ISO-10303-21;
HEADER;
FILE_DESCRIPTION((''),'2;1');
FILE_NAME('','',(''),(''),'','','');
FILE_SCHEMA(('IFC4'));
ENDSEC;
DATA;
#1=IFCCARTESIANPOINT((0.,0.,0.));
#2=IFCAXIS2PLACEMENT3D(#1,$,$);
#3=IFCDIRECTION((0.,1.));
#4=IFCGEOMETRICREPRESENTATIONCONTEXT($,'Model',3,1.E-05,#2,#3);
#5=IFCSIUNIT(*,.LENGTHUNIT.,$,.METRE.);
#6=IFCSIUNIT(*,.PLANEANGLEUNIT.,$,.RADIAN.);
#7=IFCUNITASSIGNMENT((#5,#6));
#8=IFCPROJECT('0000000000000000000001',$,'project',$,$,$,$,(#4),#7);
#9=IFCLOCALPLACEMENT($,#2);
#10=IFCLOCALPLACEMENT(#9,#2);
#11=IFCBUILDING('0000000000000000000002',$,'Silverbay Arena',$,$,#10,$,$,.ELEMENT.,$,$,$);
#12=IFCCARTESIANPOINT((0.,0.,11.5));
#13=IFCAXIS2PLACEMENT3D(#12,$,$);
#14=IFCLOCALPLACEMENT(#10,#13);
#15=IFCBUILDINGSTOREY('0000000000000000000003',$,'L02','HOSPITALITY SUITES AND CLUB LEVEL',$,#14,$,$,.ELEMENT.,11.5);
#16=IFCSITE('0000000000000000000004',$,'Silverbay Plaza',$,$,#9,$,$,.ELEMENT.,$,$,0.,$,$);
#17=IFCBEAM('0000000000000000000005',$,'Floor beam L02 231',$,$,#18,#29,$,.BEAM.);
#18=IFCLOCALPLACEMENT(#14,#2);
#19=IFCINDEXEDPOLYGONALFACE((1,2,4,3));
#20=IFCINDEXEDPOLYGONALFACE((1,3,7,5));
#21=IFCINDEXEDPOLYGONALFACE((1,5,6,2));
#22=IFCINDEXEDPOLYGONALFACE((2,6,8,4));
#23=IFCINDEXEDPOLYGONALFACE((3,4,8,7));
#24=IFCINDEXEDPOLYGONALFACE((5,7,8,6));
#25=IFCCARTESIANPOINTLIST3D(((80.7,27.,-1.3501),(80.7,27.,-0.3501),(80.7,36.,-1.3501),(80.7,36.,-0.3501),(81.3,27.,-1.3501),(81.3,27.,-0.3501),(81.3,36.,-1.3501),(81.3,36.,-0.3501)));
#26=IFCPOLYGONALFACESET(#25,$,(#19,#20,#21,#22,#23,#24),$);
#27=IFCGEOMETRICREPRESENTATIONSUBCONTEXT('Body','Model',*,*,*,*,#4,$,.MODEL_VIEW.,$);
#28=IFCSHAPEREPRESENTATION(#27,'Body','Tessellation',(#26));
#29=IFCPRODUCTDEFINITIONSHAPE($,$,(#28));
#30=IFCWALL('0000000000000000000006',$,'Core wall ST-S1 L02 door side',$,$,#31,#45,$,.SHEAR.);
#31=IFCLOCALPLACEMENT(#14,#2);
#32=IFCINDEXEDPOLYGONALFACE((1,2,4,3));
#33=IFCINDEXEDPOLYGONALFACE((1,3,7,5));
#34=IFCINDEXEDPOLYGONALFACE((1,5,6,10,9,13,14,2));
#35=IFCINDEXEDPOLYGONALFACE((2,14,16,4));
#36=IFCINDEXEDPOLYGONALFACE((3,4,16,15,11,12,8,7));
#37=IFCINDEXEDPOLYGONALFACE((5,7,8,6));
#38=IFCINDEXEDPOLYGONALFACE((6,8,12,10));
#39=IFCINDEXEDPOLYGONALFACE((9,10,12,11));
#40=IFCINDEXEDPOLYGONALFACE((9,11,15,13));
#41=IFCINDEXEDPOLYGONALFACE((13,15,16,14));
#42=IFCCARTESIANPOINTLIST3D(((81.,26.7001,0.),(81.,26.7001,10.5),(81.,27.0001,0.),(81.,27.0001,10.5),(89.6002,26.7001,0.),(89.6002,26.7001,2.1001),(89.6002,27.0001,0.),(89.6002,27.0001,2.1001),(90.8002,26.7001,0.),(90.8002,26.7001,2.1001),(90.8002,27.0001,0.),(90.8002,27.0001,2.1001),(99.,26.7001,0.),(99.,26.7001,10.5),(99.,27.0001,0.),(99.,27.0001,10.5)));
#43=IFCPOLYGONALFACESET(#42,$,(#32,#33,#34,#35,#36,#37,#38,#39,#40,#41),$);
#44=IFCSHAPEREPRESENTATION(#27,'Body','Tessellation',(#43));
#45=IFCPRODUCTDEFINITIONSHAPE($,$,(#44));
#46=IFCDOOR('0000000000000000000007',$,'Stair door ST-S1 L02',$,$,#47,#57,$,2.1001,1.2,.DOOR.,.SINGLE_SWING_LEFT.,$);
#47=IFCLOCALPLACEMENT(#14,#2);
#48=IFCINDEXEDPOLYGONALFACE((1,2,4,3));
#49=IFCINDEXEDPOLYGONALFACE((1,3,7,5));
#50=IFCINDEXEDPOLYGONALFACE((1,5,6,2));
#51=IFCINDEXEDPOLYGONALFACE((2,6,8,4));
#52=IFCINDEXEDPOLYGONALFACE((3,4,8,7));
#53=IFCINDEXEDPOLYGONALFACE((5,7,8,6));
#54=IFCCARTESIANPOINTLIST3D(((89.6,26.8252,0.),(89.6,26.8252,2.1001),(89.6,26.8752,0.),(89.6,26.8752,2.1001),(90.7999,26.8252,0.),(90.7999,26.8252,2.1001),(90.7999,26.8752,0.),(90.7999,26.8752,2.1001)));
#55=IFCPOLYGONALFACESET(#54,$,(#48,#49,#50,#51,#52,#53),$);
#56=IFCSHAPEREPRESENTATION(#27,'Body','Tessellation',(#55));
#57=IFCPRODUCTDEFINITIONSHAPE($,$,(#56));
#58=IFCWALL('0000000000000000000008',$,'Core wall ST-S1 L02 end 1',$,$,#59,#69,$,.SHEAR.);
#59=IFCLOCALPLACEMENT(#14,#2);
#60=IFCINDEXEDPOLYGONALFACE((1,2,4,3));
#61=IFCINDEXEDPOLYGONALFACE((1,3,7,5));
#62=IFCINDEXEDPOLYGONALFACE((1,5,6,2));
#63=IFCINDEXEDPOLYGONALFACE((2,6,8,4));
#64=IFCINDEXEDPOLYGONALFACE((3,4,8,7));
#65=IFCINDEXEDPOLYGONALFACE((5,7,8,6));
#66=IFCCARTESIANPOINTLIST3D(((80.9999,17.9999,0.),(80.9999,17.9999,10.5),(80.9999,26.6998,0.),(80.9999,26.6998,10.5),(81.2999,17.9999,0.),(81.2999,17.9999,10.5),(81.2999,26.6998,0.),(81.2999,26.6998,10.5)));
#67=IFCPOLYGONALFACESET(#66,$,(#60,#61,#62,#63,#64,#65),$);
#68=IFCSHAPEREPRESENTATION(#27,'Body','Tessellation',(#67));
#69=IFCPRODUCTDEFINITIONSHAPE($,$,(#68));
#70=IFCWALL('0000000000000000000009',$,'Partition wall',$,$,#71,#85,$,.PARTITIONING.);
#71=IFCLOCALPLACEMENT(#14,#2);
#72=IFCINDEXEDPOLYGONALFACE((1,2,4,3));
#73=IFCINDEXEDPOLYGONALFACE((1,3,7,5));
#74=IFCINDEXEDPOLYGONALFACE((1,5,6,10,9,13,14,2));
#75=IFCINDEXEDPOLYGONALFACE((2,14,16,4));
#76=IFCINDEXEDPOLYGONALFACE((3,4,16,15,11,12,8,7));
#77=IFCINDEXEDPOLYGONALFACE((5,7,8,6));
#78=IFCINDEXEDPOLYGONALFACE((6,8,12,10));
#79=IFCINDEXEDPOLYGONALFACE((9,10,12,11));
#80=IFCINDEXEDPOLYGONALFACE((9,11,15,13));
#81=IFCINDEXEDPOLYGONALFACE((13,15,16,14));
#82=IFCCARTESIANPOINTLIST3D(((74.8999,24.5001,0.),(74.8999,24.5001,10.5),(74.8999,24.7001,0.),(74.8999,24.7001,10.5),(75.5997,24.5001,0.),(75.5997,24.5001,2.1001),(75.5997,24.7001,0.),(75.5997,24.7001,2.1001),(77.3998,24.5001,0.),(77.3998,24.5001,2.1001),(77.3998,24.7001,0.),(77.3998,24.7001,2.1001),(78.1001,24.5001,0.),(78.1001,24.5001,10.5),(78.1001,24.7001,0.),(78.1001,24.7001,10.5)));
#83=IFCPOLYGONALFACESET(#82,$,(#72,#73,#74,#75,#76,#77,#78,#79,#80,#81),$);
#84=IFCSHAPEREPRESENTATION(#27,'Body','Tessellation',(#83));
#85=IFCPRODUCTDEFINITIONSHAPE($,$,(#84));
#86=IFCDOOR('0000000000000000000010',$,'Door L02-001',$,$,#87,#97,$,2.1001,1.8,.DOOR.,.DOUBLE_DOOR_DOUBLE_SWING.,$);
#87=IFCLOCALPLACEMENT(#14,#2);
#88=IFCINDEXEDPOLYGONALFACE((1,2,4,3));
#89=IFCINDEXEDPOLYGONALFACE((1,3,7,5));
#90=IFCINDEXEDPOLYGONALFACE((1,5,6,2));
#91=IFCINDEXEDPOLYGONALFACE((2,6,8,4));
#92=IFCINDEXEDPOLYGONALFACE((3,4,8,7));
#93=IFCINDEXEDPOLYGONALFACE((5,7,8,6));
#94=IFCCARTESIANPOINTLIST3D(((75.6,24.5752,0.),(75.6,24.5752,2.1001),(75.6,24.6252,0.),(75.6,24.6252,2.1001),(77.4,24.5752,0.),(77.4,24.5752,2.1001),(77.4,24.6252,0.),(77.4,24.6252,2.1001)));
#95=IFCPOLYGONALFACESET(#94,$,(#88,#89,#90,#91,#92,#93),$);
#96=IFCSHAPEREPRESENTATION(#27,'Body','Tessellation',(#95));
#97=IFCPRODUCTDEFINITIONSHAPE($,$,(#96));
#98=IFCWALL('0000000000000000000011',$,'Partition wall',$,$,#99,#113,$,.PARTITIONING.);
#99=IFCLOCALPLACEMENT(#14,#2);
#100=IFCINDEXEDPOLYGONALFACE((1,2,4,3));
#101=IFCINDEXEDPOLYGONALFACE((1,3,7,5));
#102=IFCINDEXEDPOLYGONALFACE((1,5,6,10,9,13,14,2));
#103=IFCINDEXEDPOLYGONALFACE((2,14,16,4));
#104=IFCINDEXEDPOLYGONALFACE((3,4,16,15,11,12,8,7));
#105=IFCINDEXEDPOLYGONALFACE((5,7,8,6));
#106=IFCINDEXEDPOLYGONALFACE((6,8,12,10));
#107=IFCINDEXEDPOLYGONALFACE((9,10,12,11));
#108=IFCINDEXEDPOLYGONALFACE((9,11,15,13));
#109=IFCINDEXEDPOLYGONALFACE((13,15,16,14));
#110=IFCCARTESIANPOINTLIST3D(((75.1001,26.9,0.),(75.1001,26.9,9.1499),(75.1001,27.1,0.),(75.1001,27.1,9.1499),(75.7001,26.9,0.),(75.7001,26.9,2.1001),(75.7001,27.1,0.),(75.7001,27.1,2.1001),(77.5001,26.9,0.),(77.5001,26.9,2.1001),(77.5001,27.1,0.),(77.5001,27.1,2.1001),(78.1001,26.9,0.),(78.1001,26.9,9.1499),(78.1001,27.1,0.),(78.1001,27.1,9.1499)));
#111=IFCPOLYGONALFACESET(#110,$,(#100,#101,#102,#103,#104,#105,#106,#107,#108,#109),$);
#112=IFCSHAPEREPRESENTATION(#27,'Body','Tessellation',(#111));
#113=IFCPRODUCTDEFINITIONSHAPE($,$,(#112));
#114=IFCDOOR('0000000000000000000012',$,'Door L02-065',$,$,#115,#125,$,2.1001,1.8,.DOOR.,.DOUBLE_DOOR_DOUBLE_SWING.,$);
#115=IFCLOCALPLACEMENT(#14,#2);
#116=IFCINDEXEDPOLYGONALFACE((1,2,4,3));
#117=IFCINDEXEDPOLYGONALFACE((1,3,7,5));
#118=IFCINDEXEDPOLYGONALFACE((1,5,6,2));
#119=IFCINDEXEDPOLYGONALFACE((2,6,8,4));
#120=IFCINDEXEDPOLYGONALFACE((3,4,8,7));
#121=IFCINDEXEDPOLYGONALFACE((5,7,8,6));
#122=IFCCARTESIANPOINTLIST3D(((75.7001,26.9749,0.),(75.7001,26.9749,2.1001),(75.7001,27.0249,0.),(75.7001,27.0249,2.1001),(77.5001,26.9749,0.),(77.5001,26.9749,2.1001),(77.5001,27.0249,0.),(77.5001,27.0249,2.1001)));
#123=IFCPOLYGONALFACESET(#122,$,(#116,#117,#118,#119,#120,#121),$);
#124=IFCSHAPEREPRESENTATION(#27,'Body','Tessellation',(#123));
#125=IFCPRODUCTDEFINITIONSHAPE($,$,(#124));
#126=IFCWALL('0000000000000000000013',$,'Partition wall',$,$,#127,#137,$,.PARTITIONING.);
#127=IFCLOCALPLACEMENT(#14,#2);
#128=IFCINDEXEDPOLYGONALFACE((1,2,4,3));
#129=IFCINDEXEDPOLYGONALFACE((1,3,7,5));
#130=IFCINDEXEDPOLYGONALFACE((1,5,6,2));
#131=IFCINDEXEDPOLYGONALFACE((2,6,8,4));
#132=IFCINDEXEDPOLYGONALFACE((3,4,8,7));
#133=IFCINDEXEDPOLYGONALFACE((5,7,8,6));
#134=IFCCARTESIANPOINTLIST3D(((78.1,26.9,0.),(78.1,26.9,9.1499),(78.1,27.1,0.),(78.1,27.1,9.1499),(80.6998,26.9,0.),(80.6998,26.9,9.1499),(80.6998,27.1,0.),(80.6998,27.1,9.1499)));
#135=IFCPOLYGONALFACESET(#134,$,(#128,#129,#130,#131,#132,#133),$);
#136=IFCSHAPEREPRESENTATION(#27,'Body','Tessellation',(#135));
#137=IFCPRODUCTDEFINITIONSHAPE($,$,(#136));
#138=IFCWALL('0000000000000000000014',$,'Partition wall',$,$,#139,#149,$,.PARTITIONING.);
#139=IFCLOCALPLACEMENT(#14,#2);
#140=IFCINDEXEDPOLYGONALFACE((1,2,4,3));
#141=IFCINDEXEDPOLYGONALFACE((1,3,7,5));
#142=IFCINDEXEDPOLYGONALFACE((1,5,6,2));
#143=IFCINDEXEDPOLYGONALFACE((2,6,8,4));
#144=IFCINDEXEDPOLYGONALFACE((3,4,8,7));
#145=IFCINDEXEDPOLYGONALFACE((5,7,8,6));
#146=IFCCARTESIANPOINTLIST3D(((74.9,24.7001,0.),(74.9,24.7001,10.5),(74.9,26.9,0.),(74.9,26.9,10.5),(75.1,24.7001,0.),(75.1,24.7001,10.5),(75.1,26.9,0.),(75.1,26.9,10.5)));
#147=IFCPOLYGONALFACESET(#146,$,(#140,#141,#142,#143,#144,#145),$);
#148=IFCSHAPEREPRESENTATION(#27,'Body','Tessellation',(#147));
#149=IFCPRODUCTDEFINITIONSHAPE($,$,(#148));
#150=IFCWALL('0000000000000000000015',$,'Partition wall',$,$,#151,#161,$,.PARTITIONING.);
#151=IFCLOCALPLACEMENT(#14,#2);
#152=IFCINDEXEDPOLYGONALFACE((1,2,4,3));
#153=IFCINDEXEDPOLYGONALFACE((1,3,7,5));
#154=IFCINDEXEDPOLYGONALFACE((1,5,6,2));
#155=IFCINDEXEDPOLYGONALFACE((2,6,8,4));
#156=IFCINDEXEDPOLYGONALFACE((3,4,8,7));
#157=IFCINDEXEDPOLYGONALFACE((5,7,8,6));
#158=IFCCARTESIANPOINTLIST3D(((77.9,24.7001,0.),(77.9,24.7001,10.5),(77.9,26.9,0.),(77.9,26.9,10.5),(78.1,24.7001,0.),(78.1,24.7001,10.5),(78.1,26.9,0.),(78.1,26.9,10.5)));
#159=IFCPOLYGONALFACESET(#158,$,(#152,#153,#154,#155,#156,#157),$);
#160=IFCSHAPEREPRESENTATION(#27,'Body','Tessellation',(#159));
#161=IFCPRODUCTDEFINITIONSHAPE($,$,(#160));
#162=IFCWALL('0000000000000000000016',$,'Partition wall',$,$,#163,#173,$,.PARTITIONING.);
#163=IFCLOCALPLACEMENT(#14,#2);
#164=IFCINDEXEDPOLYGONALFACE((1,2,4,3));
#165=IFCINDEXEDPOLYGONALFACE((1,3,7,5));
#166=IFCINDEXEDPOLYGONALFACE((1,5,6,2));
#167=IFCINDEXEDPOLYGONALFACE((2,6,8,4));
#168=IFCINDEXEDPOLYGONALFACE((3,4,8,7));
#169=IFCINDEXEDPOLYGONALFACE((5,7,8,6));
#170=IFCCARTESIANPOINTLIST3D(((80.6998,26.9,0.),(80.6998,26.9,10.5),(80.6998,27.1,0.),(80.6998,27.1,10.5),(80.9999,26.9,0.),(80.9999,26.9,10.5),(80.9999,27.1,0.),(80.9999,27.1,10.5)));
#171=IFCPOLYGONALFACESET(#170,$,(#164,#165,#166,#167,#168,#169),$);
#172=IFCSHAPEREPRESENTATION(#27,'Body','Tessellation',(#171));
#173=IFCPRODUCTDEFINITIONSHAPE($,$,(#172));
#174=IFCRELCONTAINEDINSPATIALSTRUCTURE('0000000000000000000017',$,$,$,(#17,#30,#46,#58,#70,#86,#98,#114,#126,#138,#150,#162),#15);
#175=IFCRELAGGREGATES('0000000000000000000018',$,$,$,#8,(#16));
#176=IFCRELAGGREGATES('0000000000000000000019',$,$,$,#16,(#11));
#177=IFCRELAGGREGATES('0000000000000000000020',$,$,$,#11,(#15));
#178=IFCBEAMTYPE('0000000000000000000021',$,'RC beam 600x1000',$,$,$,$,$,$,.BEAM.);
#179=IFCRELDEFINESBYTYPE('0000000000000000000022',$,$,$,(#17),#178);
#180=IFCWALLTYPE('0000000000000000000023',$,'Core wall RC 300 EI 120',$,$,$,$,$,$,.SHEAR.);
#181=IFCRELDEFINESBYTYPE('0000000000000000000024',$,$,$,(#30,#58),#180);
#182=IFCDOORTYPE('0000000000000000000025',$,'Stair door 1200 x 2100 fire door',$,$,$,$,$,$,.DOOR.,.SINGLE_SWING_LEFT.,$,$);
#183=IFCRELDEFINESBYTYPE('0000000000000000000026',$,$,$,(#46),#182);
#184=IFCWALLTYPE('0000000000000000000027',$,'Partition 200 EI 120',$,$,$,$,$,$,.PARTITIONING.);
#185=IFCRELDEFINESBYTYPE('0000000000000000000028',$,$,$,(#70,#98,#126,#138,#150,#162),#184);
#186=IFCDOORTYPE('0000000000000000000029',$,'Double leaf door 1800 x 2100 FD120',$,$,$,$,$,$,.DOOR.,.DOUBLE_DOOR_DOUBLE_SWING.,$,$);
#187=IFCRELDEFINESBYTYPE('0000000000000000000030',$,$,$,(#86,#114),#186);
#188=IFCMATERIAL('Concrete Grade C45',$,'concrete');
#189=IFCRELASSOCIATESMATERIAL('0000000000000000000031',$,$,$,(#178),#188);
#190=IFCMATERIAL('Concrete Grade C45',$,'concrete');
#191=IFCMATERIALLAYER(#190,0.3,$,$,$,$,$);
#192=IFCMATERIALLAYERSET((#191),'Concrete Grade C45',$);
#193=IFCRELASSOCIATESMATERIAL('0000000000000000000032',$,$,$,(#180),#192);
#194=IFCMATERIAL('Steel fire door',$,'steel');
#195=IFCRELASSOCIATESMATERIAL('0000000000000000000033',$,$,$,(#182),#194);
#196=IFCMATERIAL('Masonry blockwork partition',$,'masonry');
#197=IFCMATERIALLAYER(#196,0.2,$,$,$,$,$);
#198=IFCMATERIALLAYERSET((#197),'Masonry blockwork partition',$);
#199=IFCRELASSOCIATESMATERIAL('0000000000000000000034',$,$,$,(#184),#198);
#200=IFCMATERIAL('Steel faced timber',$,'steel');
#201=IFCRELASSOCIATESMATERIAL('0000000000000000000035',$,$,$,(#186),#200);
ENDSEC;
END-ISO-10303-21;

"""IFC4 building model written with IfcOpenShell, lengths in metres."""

from ifc_helpers import new_model, si_unit, direction, frame, frame_2d, origin, origin_2d, place, context, subcontext, project, spatial, rectangle, extrude, material, layer, layer_set, material_profile, profile_set, type_object, element, fill, save


model = new_model("IFC4")

# Units and contexts
model_context = context("Model", 3, precision=1e-05, world=origin(), true_north=direction((0.0, 1.0)))
body_context = subcontext(model_context, "Body", "Model", "MODEL_VIEW")
ifc_project = project(units=[si_unit("LENGTHUNIT", "METRE"), si_unit("PLANEANGLEUNIT", "RADIAN")], contexts=[model_context])

# Site, building, storey
site_placement = place(None, origin())
site = spatial("IfcSite", under=ifc_project, at=site_placement, Name="Silverbay Plaza", CompositionType="ELEMENT", RefElevation=0.0)
building_placement = place(site_placement, origin())
building = spatial("IfcBuilding", under=site, at=building_placement, Name="Silverbay Arena", CompositionType="ELEMENT")
storey_placement = place(building_placement, frame((0.0, 0.0, 11.5)))
storey = spatial("IfcBuildingStorey", under=building, at=storey_placement, Name="L02", Description="HOSPITALITY SUITES AND CLUB LEVEL", CompositionType="ELEMENT", Elevation=11.5)

# Beam
ifc_material_1 = material(Name="Concrete Grade C45", Category="concrete")
ifc_material_profile = material_profile(ifc_material_1, rectangle(XDim=0.6001, YDim=1.0, at=origin_2d()), Name="RC 600x1000")
ifc_profile_set = profile_set([ifc_material_profile], Name="Concrete Grade C45")
beam_type = type_object("IfcBeamType", Name="RC beam 600x1000", PredefinedType="BEAM", material=ifc_profile_set)
beam_placement = place(storey_placement, frame((81.0, 27.0, -0.8501), z_axis=(0.0, 1.0, 0.0), x_axis=(-1.0, 0.0, 0.0)))
element("IfcBeam", 1, at=beam_placement, inside=storey, type_object=beam_type, Name="Floor beam L02 231", PredefinedType="BEAM", context=body_context, shape_type="SweptSolid", body=[
    extrude(rectangle(XDim=0.6001, YDim=1.0, at=origin_2d()), origin(), (0.0, 0.0, 1.0), 9.0),
])

# Wall, opening, door
ifc_material_2 = material(Name="Concrete Grade C45", Category="concrete")
ifc_layer_1 = layer(ifc_material_2, 0.3)
ifc_layer_set_1 = layer_set([ifc_layer_1], Name="Concrete Grade C45")
wall_type_1 = type_object("IfcWallType", Name="Core wall RC 300 EI 120", PredefinedType="SHEAR", material=ifc_layer_set_1)
wall_1_placement = place(storey_placement, frame((81.0, 26.8501, 0.0), z_axis=(0.0, 0.0, 1.0), x_axis=(1.0, 0.0, 0.0)))
wall_1 = element("IfcWall", 2, at=wall_1_placement, inside=storey, type_object=wall_type_1, Name="Core wall ST-S1 L02 door side", PredefinedType="SHEAR", context=body_context, shape_type="SweptSolid", body=[
    extrude(rectangle(XDim=18.0, YDim=0.3, at=frame_2d((9.0, 0.0))), origin(), (0.0, 0.0, 1.0), 10.5),
])
opening_1_placement = place(wall_1_placement, frame((8.6001, 0.0, 0.0)))
opening_1 = element("IfcOpeningElement", 3, at=opening_1_placement, cuts=wall_1, PredefinedType="OPENING", context=body_context, shape_type="SweptSolid", body=[
    extrude(rectangle(XDim=1.2, YDim=2.1001, at=frame_2d((0.6001, 1.05))), frame((0.0, 0.1602, 0.0), z_axis=(0.0, -1.0, 0.0), x_axis=(1.0, 0.0, 0.0)), (0.0, 0.0, 1.0), 0.3201),
])
ifc_material_3 = material(Name="Steel fire door", Category="steel")
door_type_1 = type_object("IfcDoorType", Name="Stair door 1200 x 2100 fire door", OperationType="SINGLE_SWING_LEFT", PredefinedType="DOOR", material=ifc_material_3)
door_1_placement = place(opening_1_placement, frame((1.2, 0.0, 0.0), z_axis=(0.0, 0.0, 1.0), x_axis=(-1.0, 0.0, 0.0)))
door_1 = element("IfcDoor", 4, at=door_1_placement, inside=storey, type_object=door_type_1, Name="Stair door ST-S1 L02", OperationType="SINGLE_SWING_LEFT", OverallHeight=2.1001, OverallWidth=1.2, PredefinedType="DOOR", context=body_context, shape_type="SweptSolid", body=[
    extrude(rectangle(XDim=1.2, YDim=2.1001, at=frame_2d((0.6001, 1.05))), frame((0.0, 0.0249, 0.0), z_axis=(0.0, -1.0, 0.0), x_axis=(1.0, 0.0, 0.0)), (0.0, 0.0, 1.0), 0.05),
])
fill(opening_1, door_1)

# Wall
wall_2_placement = place(storey_placement, frame((81.1499, 26.7, 0.0), z_axis=(0.0, 0.0, 1.0), x_axis=(0.0, -1.0, 0.0)))
element("IfcWall", 5, at=wall_2_placement, inside=storey, type_object=wall_type_1, Name="Core wall ST-S1 L02 end 1", PredefinedType="SHEAR", context=body_context, shape_type="SweptSolid", body=[
    extrude(rectangle(XDim=8.7, YDim=0.3, at=frame_2d((4.3501, 0.0))), origin(), (0.0, 0.0, 1.0), 10.5),
])

# Walls, openings, doors
ifc_material_4 = material(Name="Masonry blockwork partition", Category="masonry")
ifc_layer_2 = layer(ifc_material_4, 0.2)
ifc_layer_set_2 = layer_set([ifc_layer_2], Name="Masonry blockwork partition")
wall_type_2 = type_object("IfcWallType", Name="Partition 200 EI 120", PredefinedType="PARTITIONING", material=ifc_layer_set_2)
wall_3_placement = place(storey_placement, frame((74.8999, 24.6001, 0.0), z_axis=(0.0, 0.0, 1.0), x_axis=(1.0, 0.0, 0.0)))
wall_3 = element("IfcWall", 6, at=wall_3_placement, inside=storey, type_object=wall_type_2, Name="Partition wall", PredefinedType="PARTITIONING", context=body_context, shape_type="SweptSolid", body=[
    extrude(rectangle(XDim=3.2002, YDim=0.2, at=frame_2d((1.6001, 0.0))), origin(), (0.0, 0.0, 1.0), 10.5),
])
opening_2_placement = place(wall_3_placement, frame((0.7, 0.0, 0.0)))
opening_2 = element("IfcOpeningElement", 7, at=opening_2_placement, cuts=wall_3, PredefinedType="OPENING", context=body_context, shape_type="SweptSolid", body=[
    extrude(rectangle(XDim=1.8, YDim=2.1001, at=frame_2d((0.8999, 1.05))), frame((0.0, 0.1099, 0.0), z_axis=(0.0, -1.0, 0.0), x_axis=(1.0, 0.0, 0.0)), (0.0, 0.0, 1.0), 0.22),
])
ifc_material_5 = material(Name="Steel faced timber", Category="steel")
door_type_2 = type_object("IfcDoorType", Name="Double leaf door 1800 x 2100 FD120", OperationType="DOUBLE_DOOR_DOUBLE_SWING", PredefinedType="DOOR", material=ifc_material_5)
door_2_placement = place(opening_2_placement, frame((1.8, 0.0, 0.0), z_axis=(0.0, 0.0, 1.0), x_axis=(-1.0, 0.0, 0.0)))
door_2 = element("IfcDoor", 8, at=door_2_placement, inside=storey, type_object=door_type_2, Name="Door L02-001", OperationType="DOUBLE_DOOR_DOUBLE_SWING", OverallHeight=2.1001, OverallWidth=1.8, PredefinedType="DOOR", context=body_context, shape_type="SweptSolid", body=[
    extrude(rectangle(XDim=1.8, YDim=2.1001, at=frame_2d((0.8999, 1.05))), frame((0.0, 0.0249, 0.0), z_axis=(0.0, -1.0, 0.0), x_axis=(1.0, 0.0, 0.0)), (0.0, 0.0, 1.0), 0.05),
])
fill(opening_2, door_2)
wall_4_placement = place(storey_placement, frame((75.1001, 27.0, 0.0), z_axis=(0.0, 0.0, 1.0), x_axis=(1.0, 0.0, 0.0)))
wall_4 = element("IfcWall", 9, at=wall_4_placement, inside=storey, type_object=wall_type_2, Name="Partition wall", PredefinedType="PARTITIONING", context=body_context, shape_type="SweptSolid", body=[
    extrude(rectangle(XDim=3.0, YDim=0.2, at=frame_2d((1.5, 0.0))), origin(), (0.0, 0.0, 1.0), 9.1499),
])
opening_3_placement = place(wall_4_placement, frame((0.6001, 0.0, 0.0)))
opening_3 = element("IfcOpeningElement", 10, at=opening_3_placement, cuts=wall_4, PredefinedType="OPENING", context=body_context, shape_type="SweptSolid", body=[
    extrude(rectangle(XDim=1.8, YDim=2.1001, at=frame_2d((0.8999, 1.05))), frame((0.0, 0.1099, 0.0), z_axis=(0.0, -1.0, 0.0), x_axis=(1.0, 0.0, 0.0)), (0.0, 0.0, 1.0), 0.22),
])
door_3_placement = place(opening_3_placement, origin())
door_3 = element("IfcDoor", 11, at=door_3_placement, inside=storey, type_object=door_type_2, Name="Door L02-065", OperationType="DOUBLE_DOOR_DOUBLE_SWING", OverallHeight=2.1001, OverallWidth=1.8, PredefinedType="DOOR", context=body_context, shape_type="SweptSolid", body=[
    extrude(rectangle(XDim=1.8, YDim=2.1001, at=frame_2d((0.8999, 1.05))), frame((0.0, 0.0249, 0.0), z_axis=(0.0, -1.0, 0.0), x_axis=(1.0, 0.0, 0.0)), (0.0, 0.0, 1.0), 0.05),
])
fill(opening_3, door_3)

# Walls
wall_5_placement = place(storey_placement, frame((78.1001, 27.0, 0.0), z_axis=(0.0, 0.0, 1.0), x_axis=(1.0, 0.0, 0.0)))
element("IfcWall", 12, at=wall_5_placement, inside=storey, type_object=wall_type_2, Name="Partition wall", PredefinedType="PARTITIONING", context=body_context, shape_type="SweptSolid", body=[
    extrude(rectangle(XDim=2.5999, YDim=0.2, at=frame_2d((1.2998, 0.0))), origin(), (0.0, 0.0, 1.0), 9.1499),
])
for number, where, z_axis, x_axis, name in (
    (13, (75.0, 24.7, 0.0), (0.0, 0.0, 1.0), (0.0, 1.0, 0.0), "Partition wall"),
    (14, (78.0, 24.7, 0.0), (0.0, 0.0, 1.0), (0.0, 1.0, 0.0), "Partition wall"),
):
    element("IfcWall", number, at=place(storey_placement, frame(where, z_axis=z_axis, x_axis=x_axis)), inside=storey, type_object=wall_type_2, Name=name, PredefinedType="PARTITIONING", context=body_context, shape_type="SweptSolid", body=[
        extrude(rectangle(XDim=2.2, YDim=0.2, at=frame_2d((1.1001, 0.0))), origin(), (0.0, 0.0, 1.0), 10.5),
    ])
wall_6_placement = place(storey_placement, frame((80.7, 27.0, 0.0), z_axis=(0.0, 0.0, 1.0), x_axis=(1.0, 0.0, 0.0)))
element("IfcWall", 15, at=wall_6_placement, inside=storey, type_object=wall_type_2, Name="Partition wall", PredefinedType="PARTITIONING", context=body_context, shape_type="SweptSolid", body=[
    extrude(rectangle(XDim=0.3, YDim=0.2, at=frame_2d((0.1499, 0.0))), origin(), (0.0, 0.0, 1.0), 10.5),
])

save(model, "model.ifc")
